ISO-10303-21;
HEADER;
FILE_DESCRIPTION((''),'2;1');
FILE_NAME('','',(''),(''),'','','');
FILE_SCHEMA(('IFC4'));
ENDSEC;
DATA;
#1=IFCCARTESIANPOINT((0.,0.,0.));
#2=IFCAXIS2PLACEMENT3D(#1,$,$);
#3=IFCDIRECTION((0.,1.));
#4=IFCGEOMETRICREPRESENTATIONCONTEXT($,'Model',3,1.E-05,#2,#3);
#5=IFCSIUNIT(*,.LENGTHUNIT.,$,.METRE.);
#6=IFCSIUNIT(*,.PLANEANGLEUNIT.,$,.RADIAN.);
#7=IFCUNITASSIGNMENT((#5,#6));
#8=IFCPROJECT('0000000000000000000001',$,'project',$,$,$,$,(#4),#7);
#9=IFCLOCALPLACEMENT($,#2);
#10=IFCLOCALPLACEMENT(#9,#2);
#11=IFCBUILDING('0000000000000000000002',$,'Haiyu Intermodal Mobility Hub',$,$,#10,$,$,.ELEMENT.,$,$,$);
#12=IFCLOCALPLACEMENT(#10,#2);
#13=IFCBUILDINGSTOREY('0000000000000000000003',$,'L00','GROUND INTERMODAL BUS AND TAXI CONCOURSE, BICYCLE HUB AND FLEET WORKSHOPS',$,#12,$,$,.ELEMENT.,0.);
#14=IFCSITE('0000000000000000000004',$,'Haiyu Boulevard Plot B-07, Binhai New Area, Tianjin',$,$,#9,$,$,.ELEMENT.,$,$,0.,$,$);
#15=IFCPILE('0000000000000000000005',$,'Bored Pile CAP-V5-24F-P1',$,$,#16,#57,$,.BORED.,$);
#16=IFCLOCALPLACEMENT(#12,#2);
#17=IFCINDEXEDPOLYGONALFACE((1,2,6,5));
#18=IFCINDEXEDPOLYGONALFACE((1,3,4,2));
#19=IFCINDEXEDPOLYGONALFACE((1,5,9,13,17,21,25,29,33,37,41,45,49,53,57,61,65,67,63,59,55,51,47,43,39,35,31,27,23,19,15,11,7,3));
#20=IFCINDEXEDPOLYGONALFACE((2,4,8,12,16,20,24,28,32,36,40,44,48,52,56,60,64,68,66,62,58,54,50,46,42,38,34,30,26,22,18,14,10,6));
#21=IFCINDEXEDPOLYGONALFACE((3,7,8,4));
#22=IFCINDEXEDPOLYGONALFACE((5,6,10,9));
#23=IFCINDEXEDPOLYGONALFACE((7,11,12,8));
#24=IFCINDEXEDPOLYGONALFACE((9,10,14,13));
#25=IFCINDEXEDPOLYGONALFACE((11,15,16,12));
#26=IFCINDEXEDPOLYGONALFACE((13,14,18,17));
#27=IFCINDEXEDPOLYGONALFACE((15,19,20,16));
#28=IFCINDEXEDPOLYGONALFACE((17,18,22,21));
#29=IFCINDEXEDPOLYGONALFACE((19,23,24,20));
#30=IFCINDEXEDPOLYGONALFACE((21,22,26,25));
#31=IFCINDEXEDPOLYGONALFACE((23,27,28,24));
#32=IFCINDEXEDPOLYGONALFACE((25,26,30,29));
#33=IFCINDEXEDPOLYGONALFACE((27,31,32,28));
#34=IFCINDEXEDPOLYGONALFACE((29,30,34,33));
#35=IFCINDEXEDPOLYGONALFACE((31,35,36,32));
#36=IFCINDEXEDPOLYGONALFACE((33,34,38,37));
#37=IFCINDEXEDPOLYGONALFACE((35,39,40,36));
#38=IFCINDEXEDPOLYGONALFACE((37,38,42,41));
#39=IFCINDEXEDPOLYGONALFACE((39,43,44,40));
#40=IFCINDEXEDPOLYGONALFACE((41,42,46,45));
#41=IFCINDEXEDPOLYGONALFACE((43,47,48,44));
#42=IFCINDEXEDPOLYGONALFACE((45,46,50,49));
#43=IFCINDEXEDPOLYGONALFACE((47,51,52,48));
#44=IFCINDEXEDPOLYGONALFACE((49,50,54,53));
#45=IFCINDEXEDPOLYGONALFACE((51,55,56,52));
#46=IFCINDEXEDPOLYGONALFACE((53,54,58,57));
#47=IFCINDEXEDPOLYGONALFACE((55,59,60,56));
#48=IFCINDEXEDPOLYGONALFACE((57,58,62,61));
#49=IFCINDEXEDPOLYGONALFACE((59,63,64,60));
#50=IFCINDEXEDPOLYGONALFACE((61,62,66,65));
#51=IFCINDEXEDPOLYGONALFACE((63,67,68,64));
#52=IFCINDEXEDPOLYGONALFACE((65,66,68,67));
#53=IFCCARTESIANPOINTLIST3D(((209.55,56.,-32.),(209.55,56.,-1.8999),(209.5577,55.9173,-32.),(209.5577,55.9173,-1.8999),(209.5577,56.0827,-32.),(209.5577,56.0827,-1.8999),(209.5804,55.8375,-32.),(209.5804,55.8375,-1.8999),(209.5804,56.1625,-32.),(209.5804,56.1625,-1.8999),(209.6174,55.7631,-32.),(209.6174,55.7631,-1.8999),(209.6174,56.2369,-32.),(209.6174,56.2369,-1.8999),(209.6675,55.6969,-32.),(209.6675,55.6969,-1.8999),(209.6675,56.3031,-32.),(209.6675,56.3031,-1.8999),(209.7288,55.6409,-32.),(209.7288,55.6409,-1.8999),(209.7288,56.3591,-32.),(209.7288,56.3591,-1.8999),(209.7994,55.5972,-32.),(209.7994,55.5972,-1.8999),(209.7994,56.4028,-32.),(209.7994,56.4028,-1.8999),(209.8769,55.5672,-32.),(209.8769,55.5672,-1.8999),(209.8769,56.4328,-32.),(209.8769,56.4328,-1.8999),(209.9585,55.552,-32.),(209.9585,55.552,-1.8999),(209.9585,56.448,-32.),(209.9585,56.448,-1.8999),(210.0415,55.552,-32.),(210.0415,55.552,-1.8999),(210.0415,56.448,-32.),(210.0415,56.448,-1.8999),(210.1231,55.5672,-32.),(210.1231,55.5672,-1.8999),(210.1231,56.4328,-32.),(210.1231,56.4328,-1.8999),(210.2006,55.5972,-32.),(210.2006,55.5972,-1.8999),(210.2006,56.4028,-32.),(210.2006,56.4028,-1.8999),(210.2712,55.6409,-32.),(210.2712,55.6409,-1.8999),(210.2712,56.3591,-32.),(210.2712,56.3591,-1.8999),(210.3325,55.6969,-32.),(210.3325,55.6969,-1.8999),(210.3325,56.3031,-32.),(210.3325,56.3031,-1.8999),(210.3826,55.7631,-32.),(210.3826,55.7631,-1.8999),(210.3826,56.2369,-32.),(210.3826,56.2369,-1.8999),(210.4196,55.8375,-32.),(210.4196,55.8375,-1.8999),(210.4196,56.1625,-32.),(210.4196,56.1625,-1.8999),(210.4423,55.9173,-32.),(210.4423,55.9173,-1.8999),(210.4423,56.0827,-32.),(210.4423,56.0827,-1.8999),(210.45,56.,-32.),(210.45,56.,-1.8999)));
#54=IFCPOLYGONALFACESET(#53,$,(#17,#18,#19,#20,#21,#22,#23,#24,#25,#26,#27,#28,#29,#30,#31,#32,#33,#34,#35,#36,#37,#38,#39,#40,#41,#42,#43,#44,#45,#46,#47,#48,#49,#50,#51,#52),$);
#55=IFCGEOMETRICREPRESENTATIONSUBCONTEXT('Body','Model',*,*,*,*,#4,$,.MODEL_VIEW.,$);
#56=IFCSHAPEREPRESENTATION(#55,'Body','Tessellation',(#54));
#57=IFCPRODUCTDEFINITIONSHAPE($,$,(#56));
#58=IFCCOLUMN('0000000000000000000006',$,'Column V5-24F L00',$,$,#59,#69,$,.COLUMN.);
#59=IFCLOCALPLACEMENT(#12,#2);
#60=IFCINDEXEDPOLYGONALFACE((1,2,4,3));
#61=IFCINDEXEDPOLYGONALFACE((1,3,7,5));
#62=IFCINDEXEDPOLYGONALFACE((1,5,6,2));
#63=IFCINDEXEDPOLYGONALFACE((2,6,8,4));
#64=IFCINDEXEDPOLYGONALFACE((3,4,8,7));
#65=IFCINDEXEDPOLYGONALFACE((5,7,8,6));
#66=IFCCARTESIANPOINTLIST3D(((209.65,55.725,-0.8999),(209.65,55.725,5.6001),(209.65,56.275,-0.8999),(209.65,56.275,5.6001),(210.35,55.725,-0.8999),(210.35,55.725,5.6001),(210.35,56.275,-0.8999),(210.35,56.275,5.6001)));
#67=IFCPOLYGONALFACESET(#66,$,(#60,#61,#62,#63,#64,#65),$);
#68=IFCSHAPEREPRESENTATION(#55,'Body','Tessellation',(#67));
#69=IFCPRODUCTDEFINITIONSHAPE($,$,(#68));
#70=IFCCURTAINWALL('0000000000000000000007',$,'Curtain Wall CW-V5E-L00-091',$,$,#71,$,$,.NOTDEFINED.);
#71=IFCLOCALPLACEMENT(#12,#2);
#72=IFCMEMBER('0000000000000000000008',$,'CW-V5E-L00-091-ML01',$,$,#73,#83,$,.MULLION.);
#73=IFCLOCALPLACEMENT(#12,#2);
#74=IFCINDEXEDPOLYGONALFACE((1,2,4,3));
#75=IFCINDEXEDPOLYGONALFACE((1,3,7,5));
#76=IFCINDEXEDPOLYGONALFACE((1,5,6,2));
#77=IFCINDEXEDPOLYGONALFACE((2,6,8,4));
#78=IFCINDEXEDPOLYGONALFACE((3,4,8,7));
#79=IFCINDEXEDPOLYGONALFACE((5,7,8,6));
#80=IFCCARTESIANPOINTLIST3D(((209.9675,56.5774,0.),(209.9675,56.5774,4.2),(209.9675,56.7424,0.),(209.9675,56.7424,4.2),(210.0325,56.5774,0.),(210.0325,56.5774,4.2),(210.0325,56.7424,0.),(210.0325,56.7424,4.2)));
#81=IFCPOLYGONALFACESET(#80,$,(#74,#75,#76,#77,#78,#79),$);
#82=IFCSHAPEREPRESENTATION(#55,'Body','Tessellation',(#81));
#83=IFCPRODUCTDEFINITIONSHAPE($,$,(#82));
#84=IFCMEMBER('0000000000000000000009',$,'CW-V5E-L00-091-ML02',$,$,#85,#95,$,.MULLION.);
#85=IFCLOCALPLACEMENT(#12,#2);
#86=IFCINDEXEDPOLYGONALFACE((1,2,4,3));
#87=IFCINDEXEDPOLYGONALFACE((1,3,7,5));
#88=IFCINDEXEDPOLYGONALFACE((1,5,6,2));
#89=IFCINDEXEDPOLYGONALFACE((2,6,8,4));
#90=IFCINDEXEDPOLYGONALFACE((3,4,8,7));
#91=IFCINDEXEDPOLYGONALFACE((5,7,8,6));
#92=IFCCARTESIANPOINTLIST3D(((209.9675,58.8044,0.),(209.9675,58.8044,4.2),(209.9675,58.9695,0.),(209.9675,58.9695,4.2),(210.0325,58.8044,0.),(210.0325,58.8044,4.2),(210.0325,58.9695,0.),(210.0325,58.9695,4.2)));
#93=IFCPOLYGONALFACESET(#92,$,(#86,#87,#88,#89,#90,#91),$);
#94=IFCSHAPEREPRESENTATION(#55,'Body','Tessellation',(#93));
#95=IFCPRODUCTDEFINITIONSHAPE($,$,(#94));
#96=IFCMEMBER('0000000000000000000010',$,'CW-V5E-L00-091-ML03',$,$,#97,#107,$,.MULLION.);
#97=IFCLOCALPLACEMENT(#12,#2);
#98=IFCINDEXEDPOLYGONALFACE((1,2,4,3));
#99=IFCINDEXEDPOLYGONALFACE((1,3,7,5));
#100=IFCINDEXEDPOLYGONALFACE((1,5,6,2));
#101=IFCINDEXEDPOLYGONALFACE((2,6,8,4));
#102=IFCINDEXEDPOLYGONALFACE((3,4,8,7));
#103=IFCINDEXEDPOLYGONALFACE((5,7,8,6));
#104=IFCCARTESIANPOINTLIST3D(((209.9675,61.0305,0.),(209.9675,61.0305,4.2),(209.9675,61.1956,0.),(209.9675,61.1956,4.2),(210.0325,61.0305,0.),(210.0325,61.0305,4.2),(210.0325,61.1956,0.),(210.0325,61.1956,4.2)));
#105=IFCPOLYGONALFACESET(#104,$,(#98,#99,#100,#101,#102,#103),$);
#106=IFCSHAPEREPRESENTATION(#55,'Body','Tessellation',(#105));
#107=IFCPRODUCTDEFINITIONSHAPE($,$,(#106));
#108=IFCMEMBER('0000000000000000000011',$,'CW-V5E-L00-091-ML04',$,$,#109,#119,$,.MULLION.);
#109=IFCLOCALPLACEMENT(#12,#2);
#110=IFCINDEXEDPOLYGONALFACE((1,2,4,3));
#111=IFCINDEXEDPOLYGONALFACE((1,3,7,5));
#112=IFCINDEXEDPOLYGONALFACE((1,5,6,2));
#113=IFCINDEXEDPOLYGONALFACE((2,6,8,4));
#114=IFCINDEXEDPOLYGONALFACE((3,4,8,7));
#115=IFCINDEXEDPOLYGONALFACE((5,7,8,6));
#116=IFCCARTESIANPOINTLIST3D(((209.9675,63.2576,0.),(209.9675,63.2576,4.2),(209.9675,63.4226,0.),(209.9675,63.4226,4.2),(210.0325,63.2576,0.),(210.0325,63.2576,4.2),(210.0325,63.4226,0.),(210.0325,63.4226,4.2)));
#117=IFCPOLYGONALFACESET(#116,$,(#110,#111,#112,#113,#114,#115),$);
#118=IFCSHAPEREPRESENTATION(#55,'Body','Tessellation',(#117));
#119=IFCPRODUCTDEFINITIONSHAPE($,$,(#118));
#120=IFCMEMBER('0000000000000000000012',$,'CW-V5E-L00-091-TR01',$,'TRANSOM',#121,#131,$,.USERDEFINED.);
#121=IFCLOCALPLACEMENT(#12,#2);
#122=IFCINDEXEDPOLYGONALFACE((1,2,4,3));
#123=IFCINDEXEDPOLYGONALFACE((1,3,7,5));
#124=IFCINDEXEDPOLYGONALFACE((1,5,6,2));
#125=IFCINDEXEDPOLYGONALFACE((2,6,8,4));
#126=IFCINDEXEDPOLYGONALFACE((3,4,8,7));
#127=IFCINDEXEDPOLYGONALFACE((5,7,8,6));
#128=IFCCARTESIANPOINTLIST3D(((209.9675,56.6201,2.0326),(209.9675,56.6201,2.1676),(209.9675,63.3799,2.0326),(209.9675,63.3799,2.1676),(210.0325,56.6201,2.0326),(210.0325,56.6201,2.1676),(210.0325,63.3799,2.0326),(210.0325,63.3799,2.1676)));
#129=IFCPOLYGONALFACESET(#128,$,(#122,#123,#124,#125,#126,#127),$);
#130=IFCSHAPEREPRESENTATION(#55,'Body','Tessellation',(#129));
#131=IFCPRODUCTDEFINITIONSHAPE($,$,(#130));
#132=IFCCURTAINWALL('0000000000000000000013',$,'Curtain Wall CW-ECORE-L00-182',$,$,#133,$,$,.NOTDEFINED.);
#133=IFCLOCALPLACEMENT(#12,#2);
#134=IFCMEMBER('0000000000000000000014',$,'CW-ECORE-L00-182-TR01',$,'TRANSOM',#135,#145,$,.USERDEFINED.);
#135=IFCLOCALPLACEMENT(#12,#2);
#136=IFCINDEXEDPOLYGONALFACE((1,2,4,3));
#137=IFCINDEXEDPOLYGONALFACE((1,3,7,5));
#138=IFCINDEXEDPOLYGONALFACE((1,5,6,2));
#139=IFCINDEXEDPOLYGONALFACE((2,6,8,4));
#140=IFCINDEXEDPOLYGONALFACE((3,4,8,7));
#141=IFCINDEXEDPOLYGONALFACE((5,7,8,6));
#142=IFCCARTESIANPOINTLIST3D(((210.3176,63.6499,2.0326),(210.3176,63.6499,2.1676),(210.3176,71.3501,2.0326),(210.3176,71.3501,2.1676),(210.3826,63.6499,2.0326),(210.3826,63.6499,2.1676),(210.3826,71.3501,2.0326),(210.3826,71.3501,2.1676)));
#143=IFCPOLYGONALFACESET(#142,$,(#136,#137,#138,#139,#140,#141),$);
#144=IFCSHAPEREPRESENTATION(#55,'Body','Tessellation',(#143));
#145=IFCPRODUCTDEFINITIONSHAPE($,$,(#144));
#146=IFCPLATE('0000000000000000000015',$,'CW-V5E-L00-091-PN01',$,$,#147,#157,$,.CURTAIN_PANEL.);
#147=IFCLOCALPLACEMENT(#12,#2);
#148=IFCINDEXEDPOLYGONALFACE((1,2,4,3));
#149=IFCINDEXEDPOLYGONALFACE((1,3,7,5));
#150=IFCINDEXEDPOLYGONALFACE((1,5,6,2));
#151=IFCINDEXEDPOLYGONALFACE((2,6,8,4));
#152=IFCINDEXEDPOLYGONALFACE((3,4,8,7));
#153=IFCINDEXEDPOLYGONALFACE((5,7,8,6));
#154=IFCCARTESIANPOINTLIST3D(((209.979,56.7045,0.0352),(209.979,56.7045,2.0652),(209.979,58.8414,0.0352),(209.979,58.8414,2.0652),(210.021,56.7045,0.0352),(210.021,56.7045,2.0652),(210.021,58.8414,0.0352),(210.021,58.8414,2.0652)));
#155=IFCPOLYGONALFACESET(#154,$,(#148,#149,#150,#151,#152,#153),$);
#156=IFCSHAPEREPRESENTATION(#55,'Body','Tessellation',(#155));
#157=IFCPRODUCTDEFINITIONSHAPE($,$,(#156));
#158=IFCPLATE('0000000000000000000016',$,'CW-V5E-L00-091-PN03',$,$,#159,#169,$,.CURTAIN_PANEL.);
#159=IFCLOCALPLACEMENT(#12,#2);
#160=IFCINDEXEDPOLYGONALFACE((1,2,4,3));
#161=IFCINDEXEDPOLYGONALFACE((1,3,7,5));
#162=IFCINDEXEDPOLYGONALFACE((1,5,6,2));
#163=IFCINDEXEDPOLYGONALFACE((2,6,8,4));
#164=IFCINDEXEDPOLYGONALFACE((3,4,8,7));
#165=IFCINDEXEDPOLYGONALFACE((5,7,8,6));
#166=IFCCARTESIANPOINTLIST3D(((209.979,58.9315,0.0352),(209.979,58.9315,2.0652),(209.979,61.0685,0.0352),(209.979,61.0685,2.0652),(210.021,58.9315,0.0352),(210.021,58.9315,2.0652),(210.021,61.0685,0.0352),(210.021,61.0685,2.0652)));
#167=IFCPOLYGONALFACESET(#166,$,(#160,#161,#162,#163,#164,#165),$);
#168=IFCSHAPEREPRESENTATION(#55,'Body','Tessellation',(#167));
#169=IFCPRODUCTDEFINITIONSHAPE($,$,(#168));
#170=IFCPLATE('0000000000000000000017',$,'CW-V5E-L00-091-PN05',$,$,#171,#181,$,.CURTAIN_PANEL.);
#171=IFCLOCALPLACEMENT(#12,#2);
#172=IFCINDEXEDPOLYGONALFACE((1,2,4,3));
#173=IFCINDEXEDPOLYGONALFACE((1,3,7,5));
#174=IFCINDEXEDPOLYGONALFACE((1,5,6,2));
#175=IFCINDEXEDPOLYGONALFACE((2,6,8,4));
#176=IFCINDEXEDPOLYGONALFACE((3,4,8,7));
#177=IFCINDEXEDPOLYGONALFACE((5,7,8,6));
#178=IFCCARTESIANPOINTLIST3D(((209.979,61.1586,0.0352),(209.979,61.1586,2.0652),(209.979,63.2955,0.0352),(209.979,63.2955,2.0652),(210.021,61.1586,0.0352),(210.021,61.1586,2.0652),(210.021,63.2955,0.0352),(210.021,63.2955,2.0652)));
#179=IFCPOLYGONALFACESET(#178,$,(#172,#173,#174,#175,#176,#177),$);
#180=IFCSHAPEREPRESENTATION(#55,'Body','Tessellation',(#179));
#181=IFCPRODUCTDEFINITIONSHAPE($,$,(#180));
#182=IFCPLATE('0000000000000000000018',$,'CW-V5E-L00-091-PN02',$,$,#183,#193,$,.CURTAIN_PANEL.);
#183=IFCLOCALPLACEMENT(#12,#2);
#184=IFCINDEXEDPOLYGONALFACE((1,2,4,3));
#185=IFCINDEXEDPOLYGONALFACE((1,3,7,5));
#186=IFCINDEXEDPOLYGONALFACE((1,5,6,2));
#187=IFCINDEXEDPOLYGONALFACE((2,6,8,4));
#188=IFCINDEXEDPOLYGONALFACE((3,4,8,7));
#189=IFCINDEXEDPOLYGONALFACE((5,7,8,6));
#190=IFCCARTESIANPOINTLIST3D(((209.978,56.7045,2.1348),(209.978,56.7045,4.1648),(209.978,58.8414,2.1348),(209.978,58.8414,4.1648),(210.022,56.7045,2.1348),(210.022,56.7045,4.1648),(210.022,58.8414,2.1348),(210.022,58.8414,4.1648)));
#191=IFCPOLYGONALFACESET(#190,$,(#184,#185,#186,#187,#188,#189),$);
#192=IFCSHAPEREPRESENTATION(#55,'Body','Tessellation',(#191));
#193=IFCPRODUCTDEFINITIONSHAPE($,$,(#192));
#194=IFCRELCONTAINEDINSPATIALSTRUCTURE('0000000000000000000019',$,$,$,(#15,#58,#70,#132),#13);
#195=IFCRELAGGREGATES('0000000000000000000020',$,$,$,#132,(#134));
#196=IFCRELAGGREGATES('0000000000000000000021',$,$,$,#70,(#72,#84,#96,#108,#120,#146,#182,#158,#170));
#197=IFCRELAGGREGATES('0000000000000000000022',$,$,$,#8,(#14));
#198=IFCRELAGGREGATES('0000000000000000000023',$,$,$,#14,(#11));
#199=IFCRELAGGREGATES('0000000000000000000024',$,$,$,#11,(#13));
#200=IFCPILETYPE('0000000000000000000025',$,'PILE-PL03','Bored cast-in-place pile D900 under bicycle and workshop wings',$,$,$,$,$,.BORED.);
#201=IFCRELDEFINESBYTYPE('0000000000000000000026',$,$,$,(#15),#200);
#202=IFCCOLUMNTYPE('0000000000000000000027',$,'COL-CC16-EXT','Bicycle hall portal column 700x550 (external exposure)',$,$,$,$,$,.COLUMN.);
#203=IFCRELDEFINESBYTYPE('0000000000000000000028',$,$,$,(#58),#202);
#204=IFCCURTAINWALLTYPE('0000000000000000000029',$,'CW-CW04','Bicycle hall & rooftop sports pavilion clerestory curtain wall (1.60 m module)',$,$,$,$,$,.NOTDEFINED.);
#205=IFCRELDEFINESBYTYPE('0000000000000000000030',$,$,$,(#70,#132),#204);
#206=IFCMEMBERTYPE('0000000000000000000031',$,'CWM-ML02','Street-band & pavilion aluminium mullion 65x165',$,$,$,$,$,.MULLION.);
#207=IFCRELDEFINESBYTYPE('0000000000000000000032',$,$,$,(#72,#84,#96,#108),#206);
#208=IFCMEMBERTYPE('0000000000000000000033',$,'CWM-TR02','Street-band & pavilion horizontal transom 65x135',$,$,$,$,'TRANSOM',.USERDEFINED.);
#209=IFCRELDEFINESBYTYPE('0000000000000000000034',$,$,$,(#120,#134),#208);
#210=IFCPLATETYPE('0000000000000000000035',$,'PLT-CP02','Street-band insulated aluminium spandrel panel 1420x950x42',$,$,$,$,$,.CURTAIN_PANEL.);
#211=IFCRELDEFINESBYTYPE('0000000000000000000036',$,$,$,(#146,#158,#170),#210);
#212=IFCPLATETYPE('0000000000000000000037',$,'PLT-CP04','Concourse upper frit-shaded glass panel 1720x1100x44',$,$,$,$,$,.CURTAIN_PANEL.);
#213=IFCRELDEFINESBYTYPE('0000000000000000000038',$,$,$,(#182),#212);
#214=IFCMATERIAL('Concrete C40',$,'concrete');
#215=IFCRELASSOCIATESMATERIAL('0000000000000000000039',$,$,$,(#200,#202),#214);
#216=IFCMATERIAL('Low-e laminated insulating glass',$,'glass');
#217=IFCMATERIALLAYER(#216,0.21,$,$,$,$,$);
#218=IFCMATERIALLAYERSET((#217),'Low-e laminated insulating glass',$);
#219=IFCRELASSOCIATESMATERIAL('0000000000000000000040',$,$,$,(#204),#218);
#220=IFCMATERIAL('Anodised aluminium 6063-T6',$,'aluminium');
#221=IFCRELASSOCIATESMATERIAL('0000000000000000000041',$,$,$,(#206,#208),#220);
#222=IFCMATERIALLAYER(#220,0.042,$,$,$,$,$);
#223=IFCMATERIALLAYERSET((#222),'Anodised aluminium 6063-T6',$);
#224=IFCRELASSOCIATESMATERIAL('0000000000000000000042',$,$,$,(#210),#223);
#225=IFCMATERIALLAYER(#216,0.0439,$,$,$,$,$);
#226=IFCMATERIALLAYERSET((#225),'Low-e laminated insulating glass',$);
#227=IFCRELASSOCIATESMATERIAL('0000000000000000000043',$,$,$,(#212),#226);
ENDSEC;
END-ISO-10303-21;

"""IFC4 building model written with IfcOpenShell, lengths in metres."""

from ifc_helpers import new_model, si_unit, direction, frame, origin, origin_2d, place, context, subcontext, project, spatial, rectangle, circle, extrude, material, layer, layer_set, material_profile, profile_set, type_object, element, aggregate, save


model = new_model("IFC4")

# Units and contexts
model_context = context("Model", 3, precision=1e-05, world=origin(), true_north=direction((0.0, 1.0)))
body_context = subcontext(model_context, "Body", "Model", "MODEL_VIEW")
ifc_project = project(units=[si_unit("LENGTHUNIT", "METRE"), si_unit("PLANEANGLEUNIT", "RADIAN")], contexts=[model_context])

# Site, building, storey
site_placement = place(None, origin())
site = spatial("IfcSite", under=ifc_project, at=site_placement, Name="Haiyu Boulevard Plot B-07, Binhai New Area, Tianjin", CompositionType="ELEMENT", RefElevation=0.0)
building_placement = place(site_placement, origin())
building = spatial("IfcBuilding", under=site, at=building_placement, Name="Haiyu Intermodal Mobility Hub", CompositionType="ELEMENT")
storey_placement = place(building_placement, origin())
storey = spatial("IfcBuildingStorey", under=building, at=storey_placement, Name="L00", Description="GROUND INTERMODAL BUS AND TAXI CONCOURSE, BICYCLE HUB AND FLEET WORKSHOPS", CompositionType="ELEMENT", Elevation=0.0)

# Shared definitions
ifc_material_1 = material(Name="Concrete C40", Category="concrete")

# Pile
ifc_material_profile_1 = material_profile(ifc_material_1, circle(Radius=0.45, at=origin_2d()), Name="PILE-D900")
ifc_profile_set_1 = profile_set([ifc_material_profile_1], Name="Concrete C40")
pile_type_1 = type_object("IfcPileType", Name="PILE-PL03", Description="Bored cast-in-place pile D900 under bicycle and workshop wings", PredefinedType="BORED", material=ifc_profile_set_1)
pile_placement = place(storey_placement, frame((210.0, 56.0, -1.8999), z_axis=(0.0, 0.0, -1.0), x_axis=(1.0, 0.0, 0.0)))
element("IfcPile", 1, at=pile_placement, inside=storey, type_object=pile_type_1, Name="Bored Pile CAP-V5-24F-P1", PredefinedType="BORED", context=body_context, shape_type="SweptSolid", body=[
    extrude(circle(Radius=0.45, at=origin_2d()), origin(), (0.0, 0.0, 1.0), 30.1001),
])

# Column
ifc_material_profile_2 = material_profile(ifc_material_1, rectangle(XDim=0.7, YDim=0.55, at=origin_2d()), Name="C700x550")
ifc_profile_set_2 = profile_set([ifc_material_profile_2], Name="Concrete C40")
column_type = type_object("IfcColumnType", Name="COL-CC16-EXT", Description="Bicycle hall portal column 700x550 (external exposure)", PredefinedType="COLUMN", material=ifc_profile_set_2)
column_placement = place(storey_placement, frame((210.0, 56.0, -0.8999), z_axis=(0.0, 0.0, 1.0), x_axis=(1.0, 0.0, 0.0)))
element("IfcColumn", 2, at=column_placement, inside=storey, type_object=column_type, Name="Column V5-24F L00", PredefinedType="COLUMN", context=body_context, shape_type="SweptSolid", body=[
    extrude(rectangle(XDim=0.7, YDim=0.55, at=origin_2d()), origin(), (0.0, 0.0, 1.0), 6.5),
])

# Curtain wall, members
ifc_material_2 = material(Name="Low-e laminated insulating glass", Category="glass")
ifc_layer_1 = layer(ifc_material_2, 0.21)
ifc_layer_set_1 = layer_set([ifc_layer_1], Name="Low-e laminated insulating glass")
curtain_wall_type = type_object("IfcCurtainWallType", Name="CW-CW04", Description="Bicycle hall & rooftop sports pavilion clerestory curtain wall (1.60 m module)", PredefinedType="NOTDEFINED", material=ifc_layer_set_1)
curtain_wall_1_placement = place(storey_placement, origin())
curtain_wall_1 = element("IfcCurtainWall", 3, at=curtain_wall_1_placement, inside=storey, type_object=curtain_wall_type, Name="Curtain Wall CW-V5E-L00-091", PredefinedType="NOTDEFINED")
ifc_material_3 = material(Name="Anodised aluminium 6063-T6", Category="aluminium")
ifc_material_profile_3 = material_profile(ifc_material_3, rectangle(XDim=0.0649, YDim=0.165, at=origin_2d()), Name="ALU65x165")
ifc_profile_set_3 = profile_set([ifc_material_profile_3], Name="Anodised aluminium 6063-T6")
member_type_1 = type_object("IfcMemberType", Name="CWM-ML02", Description="Street-band & pavilion aluminium mullion 65x165", PredefinedType="MULLION", material=ifc_profile_set_3)
member_1_placement = place(storey_placement, frame((210.0, 56.6599, 0.0), z_axis=(0.0, 0.0, 1.0), x_axis=(1.0, 0.0, 0.0)))
member_1 = element("IfcMember", 4, at=member_1_placement, type_object=member_type_1, Name="CW-V5E-L00-091-ML01", PredefinedType="MULLION", context=body_context, shape_type="SweptSolid", body=[
    extrude(rectangle(XDim=0.0649, YDim=0.165, at=origin_2d()), origin(), (0.0, 0.0, 1.0), 4.2),
])
member_2_placement = place(storey_placement, frame((210.0, 58.887, 0.0), z_axis=(0.0, 0.0, 1.0), x_axis=(1.0, 0.0, 0.0)))
member_2 = element("IfcMember", 5, at=member_2_placement, type_object=member_type_1, Name="CW-V5E-L00-091-ML02", PredefinedType="MULLION", context=body_context, shape_type="SweptSolid", body=[
    extrude(rectangle(XDim=0.0649, YDim=0.165, at=origin_2d()), origin(), (0.0, 0.0, 1.0), 4.2),
])
member_3_placement = place(storey_placement, frame((210.0, 61.113, 0.0), z_axis=(0.0, 0.0, 1.0), x_axis=(1.0, 0.0, 0.0)))
member_3 = element("IfcMember", 6, at=member_3_placement, type_object=member_type_1, Name="CW-V5E-L00-091-ML03", PredefinedType="MULLION", context=body_context, shape_type="SweptSolid", body=[
    extrude(rectangle(XDim=0.0649, YDim=0.165, at=origin_2d()), origin(), (0.0, 0.0, 1.0), 4.2),
])
member_4_placement = place(storey_placement, frame((210.0, 63.3401, 0.0), z_axis=(0.0, 0.0, 1.0), x_axis=(1.0, 0.0, 0.0)))
member_4 = element("IfcMember", 7, at=member_4_placement, type_object=member_type_1, Name="CW-V5E-L00-091-ML04", PredefinedType="MULLION", context=body_context, shape_type="SweptSolid", body=[
    extrude(rectangle(XDim=0.0649, YDim=0.165, at=origin_2d()), origin(), (0.0, 0.0, 1.0), 4.2),
])
ifc_material_profile_4 = material_profile(ifc_material_3, rectangle(XDim=0.0649, YDim=0.135, at=origin_2d()), Name="ALU65x135")
ifc_profile_set_4 = profile_set([ifc_material_profile_4], Name="Anodised aluminium 6063-T6")
member_type_2 = type_object("IfcMemberType", Name="CWM-TR02", Description="Street-band & pavilion horizontal transom 65x135", ElementType="TRANSOM", PredefinedType="USERDEFINED", material=ifc_profile_set_4)
member_5_placement = place(storey_placement, frame((210.0, 56.6201, 2.1001), z_axis=(0.0, 1.0, 0.0), x_axis=(-1.0, 0.0, 0.0)))
member_5 = element("IfcMember", 8, at=member_5_placement, type_object=member_type_2, Name="CW-V5E-L00-091-TR01", ObjectType="TRANSOM", PredefinedType="USERDEFINED", context=body_context, shape_type="SweptSolid", body=[
    extrude(rectangle(XDim=0.0649, YDim=0.135, at=origin_2d()), origin(), (0.0, 0.0, 1.0), 6.7598),
])

# Curtain wall, member
curtain_wall_2_placement = place(storey_placement, origin())
curtain_wall_2 = element("IfcCurtainWall", 9, at=curtain_wall_2_placement, inside=storey, type_object=curtain_wall_type, Name="Curtain Wall CW-ECORE-L00-182", PredefinedType="NOTDEFINED")
member_6_placement = place(storey_placement, frame((210.3501, 63.6499, 2.1001), z_axis=(0.0, 1.0, 0.0), x_axis=(-1.0, 0.0, 0.0)))
member_6 = element("IfcMember", 10, at=member_6_placement, type_object=member_type_2, Name="CW-ECORE-L00-182-TR01", ObjectType="TRANSOM", PredefinedType="USERDEFINED", context=body_context, shape_type="SweptSolid", body=[
    extrude(rectangle(XDim=0.0649, YDim=0.135, at=origin_2d()), origin(), (0.0, 0.0, 1.0), 7.7002),
])
aggregate(curtain_wall_2, [member_6])

# Plates
ifc_layer_2 = layer(ifc_material_3, 0.042)
ifc_layer_set_2 = layer_set([ifc_layer_2], Name="Anodised aluminium 6063-T6")
plate_type_1 = type_object("IfcPlateType", Name="PLT-CP02", Description="Street-band insulated aluminium spandrel panel 1420x950x42", PredefinedType="CURTAIN_PANEL", material=ifc_layer_set_2)
plate_1_placement = place(storey_placement, frame((210.0, 57.7729, 0.0352), z_axis=(0.0, 0.0, 1.0), x_axis=(0.0, 1.0, 0.0)))
plate_1 = element("IfcPlate", 11, at=plate_1_placement, type_object=plate_type_1, Name="CW-V5E-L00-091-PN01", PredefinedType="CURTAIN_PANEL", context=body_context, shape_type="SweptSolid", body=[
    extrude(rectangle(XDim=2.137, YDim=0.042, at=origin_2d()), origin(), (0.0, 0.0, 1.0), 2.03),
])
plate_2_placement = place(storey_placement, frame((210.0, 60.0, 0.0352), z_axis=(0.0, 0.0, 1.0), x_axis=(0.0, 1.0, 0.0)))
plate_2 = element("IfcPlate", 12, at=plate_2_placement, type_object=plate_type_1, Name="CW-V5E-L00-091-PN03", PredefinedType="CURTAIN_PANEL", context=body_context, shape_type="SweptSolid", body=[
    extrude(rectangle(XDim=2.137, YDim=0.042, at=origin_2d()), origin(), (0.0, 0.0, 1.0), 2.03),
])
plate_3_placement = place(storey_placement, frame((210.0, 62.2271, 0.0352), z_axis=(0.0, 0.0, 1.0), x_axis=(0.0, 1.0, 0.0)))
plate_3 = element("IfcPlate", 13, at=plate_3_placement, type_object=plate_type_1, Name="CW-V5E-L00-091-PN05", PredefinedType="CURTAIN_PANEL", context=body_context, shape_type="SweptSolid", body=[
    extrude(rectangle(XDim=2.137, YDim=0.042, at=origin_2d()), origin(), (0.0, 0.0, 1.0), 2.03),
])
ifc_layer_3 = layer(ifc_material_2, 0.0439)
ifc_layer_set_3 = layer_set([ifc_layer_3], Name="Low-e laminated insulating glass")
plate_type_2 = type_object("IfcPlateType", Name="PLT-CP04", Description="Concourse upper frit-shaded glass panel 1720x1100x44", PredefinedType="CURTAIN_PANEL", material=ifc_layer_set_3)
plate_4_placement = place(storey_placement, frame((210.0, 57.7729, 2.1348), z_axis=(0.0, 0.0, 1.0), x_axis=(0.0, 1.0, 0.0)))
plate_4 = element("IfcPlate", 14, at=plate_4_placement, type_object=plate_type_2, Name="CW-V5E-L00-091-PN02", PredefinedType="CURTAIN_PANEL", context=body_context, shape_type="SweptSolid", body=[
    extrude(rectangle(XDim=2.137, YDim=0.0439, at=origin_2d()), origin(), (0.0, 0.0, 1.0), 2.03),
])
aggregate(curtain_wall_1, [member_1, member_2, member_3, member_4, member_5, plate_1, plate_4, plate_2, plate_3])

save(model, "model.ifc")
